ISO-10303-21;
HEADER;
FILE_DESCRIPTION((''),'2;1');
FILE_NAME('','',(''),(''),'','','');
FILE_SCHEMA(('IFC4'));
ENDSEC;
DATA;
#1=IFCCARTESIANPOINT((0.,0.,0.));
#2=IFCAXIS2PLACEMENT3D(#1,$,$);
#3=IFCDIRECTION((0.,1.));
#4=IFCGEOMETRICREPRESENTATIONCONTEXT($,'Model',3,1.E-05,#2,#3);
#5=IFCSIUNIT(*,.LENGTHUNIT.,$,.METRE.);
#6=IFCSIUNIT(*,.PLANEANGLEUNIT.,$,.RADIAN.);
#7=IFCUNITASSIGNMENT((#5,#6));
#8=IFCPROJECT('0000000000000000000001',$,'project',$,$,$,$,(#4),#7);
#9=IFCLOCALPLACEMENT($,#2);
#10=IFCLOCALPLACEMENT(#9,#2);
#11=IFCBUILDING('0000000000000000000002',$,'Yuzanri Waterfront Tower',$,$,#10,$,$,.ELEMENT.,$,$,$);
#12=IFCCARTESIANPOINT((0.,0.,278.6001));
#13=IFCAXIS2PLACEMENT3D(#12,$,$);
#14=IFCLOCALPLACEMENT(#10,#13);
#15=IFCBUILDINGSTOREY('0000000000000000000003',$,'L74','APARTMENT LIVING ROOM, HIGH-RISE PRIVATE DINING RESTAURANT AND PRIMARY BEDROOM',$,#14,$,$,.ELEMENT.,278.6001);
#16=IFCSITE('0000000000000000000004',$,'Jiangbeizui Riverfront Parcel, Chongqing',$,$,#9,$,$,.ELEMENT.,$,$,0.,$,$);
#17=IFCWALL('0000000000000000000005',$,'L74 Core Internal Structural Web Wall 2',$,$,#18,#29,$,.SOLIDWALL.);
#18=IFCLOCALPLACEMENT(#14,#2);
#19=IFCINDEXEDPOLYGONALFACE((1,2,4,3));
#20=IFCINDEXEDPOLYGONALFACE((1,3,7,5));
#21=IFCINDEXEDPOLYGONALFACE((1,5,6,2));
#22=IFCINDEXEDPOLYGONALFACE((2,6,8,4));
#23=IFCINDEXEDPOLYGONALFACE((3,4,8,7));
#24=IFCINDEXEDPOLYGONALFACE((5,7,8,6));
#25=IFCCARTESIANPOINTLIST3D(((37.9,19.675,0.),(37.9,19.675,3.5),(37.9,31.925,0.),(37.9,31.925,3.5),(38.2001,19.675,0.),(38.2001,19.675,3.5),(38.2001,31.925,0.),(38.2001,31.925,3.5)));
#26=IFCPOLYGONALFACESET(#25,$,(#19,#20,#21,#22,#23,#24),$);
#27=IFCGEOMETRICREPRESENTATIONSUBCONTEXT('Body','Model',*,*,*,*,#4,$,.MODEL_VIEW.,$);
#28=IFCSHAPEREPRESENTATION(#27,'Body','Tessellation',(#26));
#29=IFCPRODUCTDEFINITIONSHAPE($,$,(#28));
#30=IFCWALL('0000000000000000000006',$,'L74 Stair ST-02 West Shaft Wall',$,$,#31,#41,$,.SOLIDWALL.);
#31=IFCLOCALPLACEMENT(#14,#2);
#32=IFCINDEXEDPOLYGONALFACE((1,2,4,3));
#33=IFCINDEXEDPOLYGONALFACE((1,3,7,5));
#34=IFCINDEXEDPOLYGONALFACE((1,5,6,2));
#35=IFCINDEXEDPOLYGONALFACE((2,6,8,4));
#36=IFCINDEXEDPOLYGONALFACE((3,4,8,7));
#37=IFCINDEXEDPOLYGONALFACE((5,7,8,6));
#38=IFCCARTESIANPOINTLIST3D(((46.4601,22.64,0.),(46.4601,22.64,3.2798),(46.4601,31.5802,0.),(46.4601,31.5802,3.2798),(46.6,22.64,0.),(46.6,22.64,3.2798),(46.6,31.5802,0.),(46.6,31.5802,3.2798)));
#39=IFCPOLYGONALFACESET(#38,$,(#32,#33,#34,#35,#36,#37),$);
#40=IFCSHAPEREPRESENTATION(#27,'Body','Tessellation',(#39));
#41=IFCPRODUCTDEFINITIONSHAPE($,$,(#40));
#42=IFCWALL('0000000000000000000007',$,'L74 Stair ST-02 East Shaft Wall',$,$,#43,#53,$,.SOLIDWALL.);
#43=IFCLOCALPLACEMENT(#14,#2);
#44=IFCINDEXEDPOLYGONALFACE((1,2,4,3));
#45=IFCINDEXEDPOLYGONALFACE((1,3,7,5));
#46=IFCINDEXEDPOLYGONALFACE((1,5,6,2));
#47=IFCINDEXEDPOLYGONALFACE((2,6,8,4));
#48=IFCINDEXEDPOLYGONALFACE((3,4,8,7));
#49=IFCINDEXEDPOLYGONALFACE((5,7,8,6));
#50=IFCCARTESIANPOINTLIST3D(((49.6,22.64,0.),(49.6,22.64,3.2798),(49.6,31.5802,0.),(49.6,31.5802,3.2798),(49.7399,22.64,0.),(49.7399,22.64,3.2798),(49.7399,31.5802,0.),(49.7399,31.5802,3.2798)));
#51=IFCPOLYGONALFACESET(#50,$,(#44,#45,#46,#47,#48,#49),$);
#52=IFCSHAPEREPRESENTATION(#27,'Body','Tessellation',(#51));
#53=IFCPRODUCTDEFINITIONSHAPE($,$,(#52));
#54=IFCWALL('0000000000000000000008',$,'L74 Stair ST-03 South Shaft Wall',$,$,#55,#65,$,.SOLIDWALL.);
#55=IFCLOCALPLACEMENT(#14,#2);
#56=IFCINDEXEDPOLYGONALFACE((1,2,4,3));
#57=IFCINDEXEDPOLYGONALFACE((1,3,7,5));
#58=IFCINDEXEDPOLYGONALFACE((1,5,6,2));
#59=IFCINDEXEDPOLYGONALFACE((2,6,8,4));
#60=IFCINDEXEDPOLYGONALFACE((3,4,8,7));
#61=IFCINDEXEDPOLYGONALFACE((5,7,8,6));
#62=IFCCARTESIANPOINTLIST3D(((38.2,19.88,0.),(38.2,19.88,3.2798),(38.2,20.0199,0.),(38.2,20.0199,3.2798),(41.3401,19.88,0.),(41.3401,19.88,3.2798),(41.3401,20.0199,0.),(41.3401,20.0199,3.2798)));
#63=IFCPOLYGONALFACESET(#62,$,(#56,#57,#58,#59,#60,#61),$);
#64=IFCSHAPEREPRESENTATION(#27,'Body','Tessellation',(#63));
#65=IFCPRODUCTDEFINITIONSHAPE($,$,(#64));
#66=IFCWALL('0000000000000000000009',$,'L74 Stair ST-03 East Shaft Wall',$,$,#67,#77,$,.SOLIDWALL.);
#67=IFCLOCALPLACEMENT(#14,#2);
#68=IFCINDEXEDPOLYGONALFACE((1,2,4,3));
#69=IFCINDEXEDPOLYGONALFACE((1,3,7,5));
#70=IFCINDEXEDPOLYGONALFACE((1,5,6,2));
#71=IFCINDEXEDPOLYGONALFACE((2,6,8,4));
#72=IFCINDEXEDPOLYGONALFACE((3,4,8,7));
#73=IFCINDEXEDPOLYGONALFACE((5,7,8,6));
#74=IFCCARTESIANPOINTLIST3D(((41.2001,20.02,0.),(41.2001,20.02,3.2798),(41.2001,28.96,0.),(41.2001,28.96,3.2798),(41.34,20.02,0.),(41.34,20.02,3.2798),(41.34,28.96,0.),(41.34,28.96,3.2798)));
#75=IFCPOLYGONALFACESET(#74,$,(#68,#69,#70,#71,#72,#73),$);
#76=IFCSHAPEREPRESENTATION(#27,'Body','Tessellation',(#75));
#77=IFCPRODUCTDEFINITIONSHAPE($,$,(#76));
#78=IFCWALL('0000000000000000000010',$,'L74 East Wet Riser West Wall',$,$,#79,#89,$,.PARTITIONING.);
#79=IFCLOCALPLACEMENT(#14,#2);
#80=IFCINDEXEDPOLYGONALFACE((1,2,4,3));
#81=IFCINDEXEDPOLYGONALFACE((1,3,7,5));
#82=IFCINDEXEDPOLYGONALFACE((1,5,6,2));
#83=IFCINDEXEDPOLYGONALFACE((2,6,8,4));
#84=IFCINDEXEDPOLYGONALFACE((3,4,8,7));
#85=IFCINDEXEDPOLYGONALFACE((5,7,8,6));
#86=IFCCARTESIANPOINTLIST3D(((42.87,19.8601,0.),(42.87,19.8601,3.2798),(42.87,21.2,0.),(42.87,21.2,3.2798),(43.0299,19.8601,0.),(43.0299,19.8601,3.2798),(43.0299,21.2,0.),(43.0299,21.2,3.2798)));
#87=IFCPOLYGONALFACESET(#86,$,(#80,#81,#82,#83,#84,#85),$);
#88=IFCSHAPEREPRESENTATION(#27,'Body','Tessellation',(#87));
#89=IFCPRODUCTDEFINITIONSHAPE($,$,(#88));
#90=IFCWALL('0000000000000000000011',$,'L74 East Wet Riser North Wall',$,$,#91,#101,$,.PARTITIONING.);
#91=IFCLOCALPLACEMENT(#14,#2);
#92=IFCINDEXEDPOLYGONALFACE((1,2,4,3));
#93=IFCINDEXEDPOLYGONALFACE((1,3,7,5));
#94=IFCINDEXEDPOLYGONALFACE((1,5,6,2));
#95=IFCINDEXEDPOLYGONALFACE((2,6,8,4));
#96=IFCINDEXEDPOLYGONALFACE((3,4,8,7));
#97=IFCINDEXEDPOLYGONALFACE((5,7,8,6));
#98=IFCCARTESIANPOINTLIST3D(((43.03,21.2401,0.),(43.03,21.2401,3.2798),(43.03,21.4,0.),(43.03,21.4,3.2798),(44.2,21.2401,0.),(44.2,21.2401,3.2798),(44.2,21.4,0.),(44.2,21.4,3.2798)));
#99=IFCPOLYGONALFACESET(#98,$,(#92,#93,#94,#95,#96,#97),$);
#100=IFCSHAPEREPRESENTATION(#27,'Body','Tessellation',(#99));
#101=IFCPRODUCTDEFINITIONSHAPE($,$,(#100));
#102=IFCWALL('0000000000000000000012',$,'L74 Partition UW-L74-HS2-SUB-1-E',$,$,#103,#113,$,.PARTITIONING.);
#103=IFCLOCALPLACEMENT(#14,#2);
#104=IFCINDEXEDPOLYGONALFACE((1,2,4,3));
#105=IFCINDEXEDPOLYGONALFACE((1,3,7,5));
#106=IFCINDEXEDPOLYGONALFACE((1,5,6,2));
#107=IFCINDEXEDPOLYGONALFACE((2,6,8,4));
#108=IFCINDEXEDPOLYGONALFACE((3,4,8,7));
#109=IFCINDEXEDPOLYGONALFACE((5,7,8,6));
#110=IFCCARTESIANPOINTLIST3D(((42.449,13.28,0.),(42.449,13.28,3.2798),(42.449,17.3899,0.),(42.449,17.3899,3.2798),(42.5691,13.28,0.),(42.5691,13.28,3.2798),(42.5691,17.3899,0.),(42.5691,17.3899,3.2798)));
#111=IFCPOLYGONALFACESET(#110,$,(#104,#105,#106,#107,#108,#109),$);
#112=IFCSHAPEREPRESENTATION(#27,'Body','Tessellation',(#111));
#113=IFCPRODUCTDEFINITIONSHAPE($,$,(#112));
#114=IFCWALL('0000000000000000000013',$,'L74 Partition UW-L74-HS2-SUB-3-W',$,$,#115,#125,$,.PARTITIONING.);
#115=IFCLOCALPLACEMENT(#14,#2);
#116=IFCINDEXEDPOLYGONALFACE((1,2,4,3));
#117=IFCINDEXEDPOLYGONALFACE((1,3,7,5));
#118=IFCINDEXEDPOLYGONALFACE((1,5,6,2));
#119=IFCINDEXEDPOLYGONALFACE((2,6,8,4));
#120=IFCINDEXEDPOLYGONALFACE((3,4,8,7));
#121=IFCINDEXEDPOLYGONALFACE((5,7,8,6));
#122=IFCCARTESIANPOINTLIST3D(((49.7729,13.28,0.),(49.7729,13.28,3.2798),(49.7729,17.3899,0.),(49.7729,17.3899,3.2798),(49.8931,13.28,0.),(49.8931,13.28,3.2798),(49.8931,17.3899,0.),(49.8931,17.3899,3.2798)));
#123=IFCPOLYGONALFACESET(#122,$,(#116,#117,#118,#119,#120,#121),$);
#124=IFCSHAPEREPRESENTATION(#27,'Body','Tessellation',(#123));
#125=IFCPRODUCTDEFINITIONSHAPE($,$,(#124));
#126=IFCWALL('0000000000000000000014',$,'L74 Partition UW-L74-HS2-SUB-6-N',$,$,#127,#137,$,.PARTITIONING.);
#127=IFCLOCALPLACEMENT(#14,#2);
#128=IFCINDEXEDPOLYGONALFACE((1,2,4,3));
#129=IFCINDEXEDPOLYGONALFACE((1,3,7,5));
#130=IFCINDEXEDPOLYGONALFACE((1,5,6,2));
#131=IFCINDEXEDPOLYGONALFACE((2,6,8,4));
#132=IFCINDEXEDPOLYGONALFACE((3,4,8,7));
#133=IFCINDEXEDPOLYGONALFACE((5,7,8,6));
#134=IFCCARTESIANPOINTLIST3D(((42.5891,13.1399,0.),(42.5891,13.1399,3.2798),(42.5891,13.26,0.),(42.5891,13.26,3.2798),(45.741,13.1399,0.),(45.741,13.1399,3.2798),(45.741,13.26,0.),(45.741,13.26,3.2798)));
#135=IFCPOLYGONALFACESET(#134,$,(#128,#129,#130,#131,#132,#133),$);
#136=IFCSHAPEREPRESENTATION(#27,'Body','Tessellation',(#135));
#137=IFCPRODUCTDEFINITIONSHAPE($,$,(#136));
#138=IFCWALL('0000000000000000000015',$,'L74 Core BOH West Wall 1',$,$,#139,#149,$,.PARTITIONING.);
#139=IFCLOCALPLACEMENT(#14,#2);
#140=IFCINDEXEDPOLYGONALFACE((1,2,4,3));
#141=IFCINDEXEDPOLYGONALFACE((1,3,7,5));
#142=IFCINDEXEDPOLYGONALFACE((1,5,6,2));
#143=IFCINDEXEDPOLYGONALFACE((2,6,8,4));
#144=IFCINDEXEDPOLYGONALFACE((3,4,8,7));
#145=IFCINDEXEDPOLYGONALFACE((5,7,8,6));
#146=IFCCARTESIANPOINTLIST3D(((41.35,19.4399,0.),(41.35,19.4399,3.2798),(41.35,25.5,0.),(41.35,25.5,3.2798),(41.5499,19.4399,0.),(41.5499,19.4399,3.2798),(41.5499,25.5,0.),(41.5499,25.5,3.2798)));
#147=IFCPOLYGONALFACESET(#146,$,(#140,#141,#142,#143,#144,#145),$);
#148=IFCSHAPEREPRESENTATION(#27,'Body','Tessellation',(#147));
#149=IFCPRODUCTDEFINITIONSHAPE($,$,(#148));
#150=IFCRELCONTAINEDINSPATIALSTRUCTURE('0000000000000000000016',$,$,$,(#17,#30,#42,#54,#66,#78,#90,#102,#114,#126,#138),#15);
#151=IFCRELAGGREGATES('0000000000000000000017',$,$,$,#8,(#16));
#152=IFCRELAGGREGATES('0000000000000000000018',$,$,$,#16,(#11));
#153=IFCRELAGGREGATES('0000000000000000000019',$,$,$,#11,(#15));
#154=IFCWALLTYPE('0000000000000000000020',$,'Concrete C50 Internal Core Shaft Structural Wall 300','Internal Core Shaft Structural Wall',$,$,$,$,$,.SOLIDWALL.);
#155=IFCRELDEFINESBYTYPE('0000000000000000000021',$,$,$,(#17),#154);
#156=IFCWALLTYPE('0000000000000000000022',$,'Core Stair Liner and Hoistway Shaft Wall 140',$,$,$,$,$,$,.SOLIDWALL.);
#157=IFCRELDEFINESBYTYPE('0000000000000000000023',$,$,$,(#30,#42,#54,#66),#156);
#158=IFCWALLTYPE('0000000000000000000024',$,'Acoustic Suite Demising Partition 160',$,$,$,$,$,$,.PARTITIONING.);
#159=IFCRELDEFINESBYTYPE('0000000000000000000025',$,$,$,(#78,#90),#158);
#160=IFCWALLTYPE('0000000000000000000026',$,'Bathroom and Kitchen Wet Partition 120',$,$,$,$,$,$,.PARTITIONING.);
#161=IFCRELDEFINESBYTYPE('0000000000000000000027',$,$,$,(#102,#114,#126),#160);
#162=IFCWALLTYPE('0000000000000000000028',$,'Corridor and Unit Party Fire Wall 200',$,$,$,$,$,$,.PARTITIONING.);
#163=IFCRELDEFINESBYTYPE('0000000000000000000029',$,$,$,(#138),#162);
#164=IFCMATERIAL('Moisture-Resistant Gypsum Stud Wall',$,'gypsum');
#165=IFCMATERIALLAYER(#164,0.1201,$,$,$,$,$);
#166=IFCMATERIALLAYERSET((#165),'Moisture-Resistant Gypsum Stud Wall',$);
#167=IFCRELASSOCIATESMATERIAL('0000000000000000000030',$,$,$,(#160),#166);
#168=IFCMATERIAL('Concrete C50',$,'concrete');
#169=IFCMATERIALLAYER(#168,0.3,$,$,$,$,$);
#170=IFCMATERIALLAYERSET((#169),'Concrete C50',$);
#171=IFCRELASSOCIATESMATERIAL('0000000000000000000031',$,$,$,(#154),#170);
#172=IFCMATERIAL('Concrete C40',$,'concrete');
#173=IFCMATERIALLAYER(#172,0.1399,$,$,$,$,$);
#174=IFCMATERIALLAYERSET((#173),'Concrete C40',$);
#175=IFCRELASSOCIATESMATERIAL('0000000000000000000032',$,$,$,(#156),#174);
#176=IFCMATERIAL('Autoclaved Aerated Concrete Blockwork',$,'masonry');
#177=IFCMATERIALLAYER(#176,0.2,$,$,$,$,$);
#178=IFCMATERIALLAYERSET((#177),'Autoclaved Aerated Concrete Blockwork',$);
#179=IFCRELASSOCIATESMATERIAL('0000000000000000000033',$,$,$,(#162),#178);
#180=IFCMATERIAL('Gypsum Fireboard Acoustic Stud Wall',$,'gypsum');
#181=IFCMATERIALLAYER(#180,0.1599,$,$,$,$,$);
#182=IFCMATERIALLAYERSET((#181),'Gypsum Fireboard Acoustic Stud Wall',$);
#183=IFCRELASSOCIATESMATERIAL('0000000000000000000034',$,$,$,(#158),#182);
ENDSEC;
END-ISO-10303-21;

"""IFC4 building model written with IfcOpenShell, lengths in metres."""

from ifc_helpers import new_model, si_unit, direction, frame, frame_2d, origin, place, context, subcontext, project, spatial, rectangle, extrude, source, transform, mapped, material, layer, layer_set, type_object, element, save


model = new_model("IFC4")

# Units and contexts
model_context = context("Model", 3, precision=1e-05, world=origin(), true_north=direction((0.0, 1.0)))
body_context = subcontext(model_context, "Body", "Model", "MODEL_VIEW")
ifc_project = project(units=[si_unit("LENGTHUNIT", "METRE"), si_unit("PLANEANGLEUNIT", "RADIAN")], contexts=[model_context])

# Site, building, storey
site_placement = place(None, origin())
site = spatial("IfcSite", under=ifc_project, at=site_placement, Name="Jiangbeizui Riverfront Parcel, Chongqing", CompositionType="ELEMENT", RefElevation=0.0)
building_placement = place(site_placement, origin())
building = spatial("IfcBuilding", under=site, at=building_placement, Name="Yuzanri Waterfront Tower", CompositionType="ELEMENT")
storey_placement = place(building_placement, frame((0.0, 0.0, 278.6001)))
storey = spatial("IfcBuildingStorey", under=building, at=storey_placement, Name="L74", Description="APARTMENT LIVING ROOM, HIGH-RISE PRIVATE DINING RESTAURANT AND PRIMARY BEDROOM", CompositionType="ELEMENT", Elevation=278.6001)

# Shared definitions
ifc_material_1 = material(Name="Moisture-Resistant Gypsum Stud Wall", Category="gypsum")
ifc_layer_1 = layer(ifc_material_1, 0.1201)
ifc_layer_set_1 = layer_set([ifc_layer_1], Name="Moisture-Resistant Gypsum Stud Wall")
wall_type_1 = type_object("IfcWallType", Name="Bathroom and Kitchen Wet Partition 120", PredefinedType="PARTITIONING", material=ifc_layer_set_1)

# Shared definitions
ifc_material_2 = material(Name="Concrete C50", Category="concrete")
ifc_layer_2 = layer(ifc_material_2, 0.3)
ifc_layer_set_2 = layer_set([ifc_layer_2], Name="Concrete C50")
wall_type_2 = type_object("IfcWallType", Name="Concrete C50 Internal Core Shaft Structural Wall 300", Description="Internal Core Shaft Structural Wall", PredefinedType="SOLIDWALL", material=ifc_layer_set_2)

# Shared definitions
ifc_material_3 = material(Name="Concrete C40", Category="concrete")
ifc_layer_3 = layer(ifc_material_3, 0.1399)
ifc_layer_set_3 = layer_set([ifc_layer_3], Name="Concrete C40")
wall_type_3 = type_object("IfcWallType", Name="Core Stair Liner and Hoistway Shaft Wall 140", PredefinedType="SOLIDWALL", material=ifc_layer_set_3)
ifc_material_4 = material(Name="Autoclaved Aerated Concrete Blockwork", Category="masonry")
ifc_layer_4 = layer(ifc_material_4, 0.2)
ifc_layer_set_4 = layer_set([ifc_layer_4], Name="Autoclaved Aerated Concrete Blockwork")
wall_type_4 = type_object("IfcWallType", Name="Corridor and Unit Party Fire Wall 200", PredefinedType="PARTITIONING", material=ifc_layer_set_4)

# Walls
shared_shape_1 = source(origin(), body_context, "Body", "SweptSolid", [
    extrude(rectangle(XDim=12.25, YDim=0.3, at=frame_2d((6.125, 0.0))), origin(), (0.0, 0.0, 1.0), 3.5),
])
wall_1_placement = place(storey_placement, frame((38.05, 19.675, 0.0), z_axis=(0.0, 0.0, 1.0), x_axis=(0.0, 1.0, 0.0)))
element("IfcWall", 1, at=wall_1_placement, inside=storey, type_object=wall_type_2, Name="L74 Core Internal Structural Web Wall 2", PredefinedType="SOLIDWALL", context=body_context, shape_type="MappedRepresentation", body=[
    mapped(shared_shape_1, transform((0.0, 0.0, 0.0), scale=1.0)),
])
shared_shape_2 = source(origin(), body_context, "Body", "SweptSolid", [
    extrude(rectangle(XDim=8.9402, YDim=0.1399, at=frame_2d((4.4702, 0.0))), origin(), (0.0, 0.0, 1.0), 3.2798),
])
for number, where, z_axis, x_axis, name in (
    (2, (46.53, 22.6399, 0.0), (0.0, 0.0, 1.0), (0.0, 1.0, 0.0), "L74 Stair ST-02 West Shaft Wall"),
    (3, (49.6699, 22.6399, 0.0), (0.0, 0.0, 1.0), (0.0, 1.0, 0.0), "L74 Stair ST-02 East Shaft Wall"),
):
    element("IfcWall", number, at=place(storey_placement, frame(where, z_axis=z_axis, x_axis=x_axis)), inside=storey, type_object=wall_type_3, Name=name, PredefinedType="SOLIDWALL", context=body_context, shape_type="MappedRepresentation", body=[
        mapped(shared_shape_2, transform((0.0, 0.0, 0.0), scale=1.0)),
    ])
shared_shape_3 = source(origin(), body_context, "Body", "SweptSolid", [
    extrude(rectangle(XDim=3.1401, YDim=0.1399, at=frame_2d((1.5701, 0.0))), origin(), (0.0, 0.0, 1.0), 3.2798),
])
wall_2_placement = place(storey_placement, frame((38.2, 19.95, 0.0), z_axis=(0.0, 0.0, 1.0), x_axis=(1.0, 0.0, 0.0)))
element("IfcWall", 4, at=wall_2_placement, inside=storey, type_object=wall_type_3, Name="L74 Stair ST-03 South Shaft Wall", PredefinedType="SOLIDWALL", context=body_context, shape_type="MappedRepresentation", body=[
    mapped(shared_shape_3, transform((0.0, 0.0, 0.0), scale=1.0)),
])
shared_shape_4 = source(origin(), body_context, "Body", "SweptSolid", [
    extrude(rectangle(XDim=8.9399, YDim=0.1399, at=frame_2d((4.47, 0.0))), origin(), (0.0, 0.0, 1.0), 3.2798),
])
wall_3_placement = place(storey_placement, frame((41.27, 20.02, 0.0), z_axis=(0.0, 0.0, 1.0), x_axis=(0.0, 1.0, 0.0)))
element("IfcWall", 5, at=wall_3_placement, inside=storey, type_object=wall_type_3, Name="L74 Stair ST-03 East Shaft Wall", PredefinedType="SOLIDWALL", context=body_context, shape_type="MappedRepresentation", body=[
    mapped(shared_shape_4, transform((0.0, 0.0, 0.0), scale=1.0)),
])
ifc_material_5 = material(Name="Gypsum Fireboard Acoustic Stud Wall", Category="gypsum")
ifc_layer_5 = layer(ifc_material_5, 0.1599)
ifc_layer_set_5 = layer_set([ifc_layer_5], Name="Gypsum Fireboard Acoustic Stud Wall")
wall_type_5 = type_object("IfcWallType", Name="Acoustic Suite Demising Partition 160", PredefinedType="PARTITIONING", material=ifc_layer_set_5)
shared_shape_5 = source(origin(), body_context, "Body", "SweptSolid", [
    extrude(rectangle(XDim=1.3398, YDim=0.1599, at=frame_2d((0.6699, 0.0))), origin(), (0.0, 0.0, 1.0), 3.2798),
])
wall_4_placement = place(storey_placement, frame((42.95, 19.8601, 0.0), z_axis=(0.0, 0.0, 1.0), x_axis=(0.0, 1.0, 0.0)))
element("IfcWall", 6, at=wall_4_placement, inside=storey, type_object=wall_type_5, Name="L74 East Wet Riser West Wall", PredefinedType="PARTITIONING", context=body_context, shape_type="MappedRepresentation", body=[
    mapped(shared_shape_5, transform((0.0, 0.0, 0.0), scale=1.0)),
])
shared_shape_6 = source(origin(), body_context, "Body", "SweptSolid", [
    extrude(rectangle(XDim=1.1699, YDim=0.1599, at=frame_2d((0.585, 0.0))), origin(), (0.0, 0.0, 1.0), 3.2798),
])
wall_5_placement = place(storey_placement, frame((43.03, 21.3201, 0.0), z_axis=(0.0, 0.0, 1.0), x_axis=(1.0, 0.0, 0.0)))
element("IfcWall", 7, at=wall_5_placement, inside=storey, type_object=wall_type_5, Name="L74 East Wet Riser North Wall", PredefinedType="PARTITIONING", context=body_context, shape_type="MappedRepresentation", body=[
    mapped(shared_shape_6, transform((0.0, 0.0, 0.0), scale=1.0)),
])
shared_shape_7 = source(origin(), body_context, "Body", "SweptSolid", [
    extrude(rectangle(XDim=4.1099, YDim=0.1201, at=frame_2d((2.0549, 0.0))), origin(), (0.0, 0.0, 1.0), 3.2798),
])
for number, where, z_axis, x_axis, name in (
    (8, (42.509, 13.28, 0.0), (0.0, 0.0, 1.0), (0.0, 1.0, 0.0), "L74 Partition UW-L74-HS2-SUB-1-E"),
    (9, (49.833, 13.28, 0.0), (0.0, 0.0, 1.0), (0.0, 1.0, 0.0), "L74 Partition UW-L74-HS2-SUB-3-W"),
):
    element("IfcWall", number, at=place(storey_placement, frame(where, z_axis=z_axis, x_axis=x_axis)), inside=storey, type_object=wall_type_1, Name=name, PredefinedType="PARTITIONING", context=body_context, shape_type="MappedRepresentation", body=[
        mapped(shared_shape_7, transform((0.0, 0.0, 0.0), scale=1.0)),
    ])
shared_shape_8 = source(origin(), body_context, "Body", "SweptSolid", [
    extrude(rectangle(XDim=3.1519, YDim=0.1201, at=frame_2d((1.5759, 0.0))), origin(), (0.0, 0.0, 1.0), 3.2798),
])
wall_6_placement = place(storey_placement, frame((42.5891, 13.2, 0.0), z_axis=(0.0, 0.0, 1.0), x_axis=(1.0, 0.0, 0.0)))
element("IfcWall", 10, at=wall_6_placement, inside=storey, type_object=wall_type_1, Name="L74 Partition UW-L74-HS2-SUB-6-N", PredefinedType="PARTITIONING", context=body_context, shape_type="MappedRepresentation", body=[
    mapped(shared_shape_8, transform((0.0, 0.0, 0.0), scale=1.0)),
])
shared_shape_9 = source(origin(), body_context, "Body", "SweptSolid", [
    extrude(rectangle(XDim=6.0601, YDim=0.2, at=frame_2d((3.03, 0.0))), origin(), (0.0, 0.0, 1.0), 3.2798),
])
wall_7_placement = place(storey_placement, frame((41.45, 19.4399, 0.0), z_axis=(0.0, 0.0, 1.0), x_axis=(0.0, 1.0, 0.0)))
element("IfcWall", 11, at=wall_7_placement, inside=storey, type_object=wall_type_4, Name="L74 Core BOH West Wall 1", PredefinedType="PARTITIONING", context=body_context, shape_type="MappedRepresentation", body=[
    mapped(shared_shape_9, transform((0.0, 0.0, 0.0), scale=1.0)),
])

save(model, "model.ifc")
